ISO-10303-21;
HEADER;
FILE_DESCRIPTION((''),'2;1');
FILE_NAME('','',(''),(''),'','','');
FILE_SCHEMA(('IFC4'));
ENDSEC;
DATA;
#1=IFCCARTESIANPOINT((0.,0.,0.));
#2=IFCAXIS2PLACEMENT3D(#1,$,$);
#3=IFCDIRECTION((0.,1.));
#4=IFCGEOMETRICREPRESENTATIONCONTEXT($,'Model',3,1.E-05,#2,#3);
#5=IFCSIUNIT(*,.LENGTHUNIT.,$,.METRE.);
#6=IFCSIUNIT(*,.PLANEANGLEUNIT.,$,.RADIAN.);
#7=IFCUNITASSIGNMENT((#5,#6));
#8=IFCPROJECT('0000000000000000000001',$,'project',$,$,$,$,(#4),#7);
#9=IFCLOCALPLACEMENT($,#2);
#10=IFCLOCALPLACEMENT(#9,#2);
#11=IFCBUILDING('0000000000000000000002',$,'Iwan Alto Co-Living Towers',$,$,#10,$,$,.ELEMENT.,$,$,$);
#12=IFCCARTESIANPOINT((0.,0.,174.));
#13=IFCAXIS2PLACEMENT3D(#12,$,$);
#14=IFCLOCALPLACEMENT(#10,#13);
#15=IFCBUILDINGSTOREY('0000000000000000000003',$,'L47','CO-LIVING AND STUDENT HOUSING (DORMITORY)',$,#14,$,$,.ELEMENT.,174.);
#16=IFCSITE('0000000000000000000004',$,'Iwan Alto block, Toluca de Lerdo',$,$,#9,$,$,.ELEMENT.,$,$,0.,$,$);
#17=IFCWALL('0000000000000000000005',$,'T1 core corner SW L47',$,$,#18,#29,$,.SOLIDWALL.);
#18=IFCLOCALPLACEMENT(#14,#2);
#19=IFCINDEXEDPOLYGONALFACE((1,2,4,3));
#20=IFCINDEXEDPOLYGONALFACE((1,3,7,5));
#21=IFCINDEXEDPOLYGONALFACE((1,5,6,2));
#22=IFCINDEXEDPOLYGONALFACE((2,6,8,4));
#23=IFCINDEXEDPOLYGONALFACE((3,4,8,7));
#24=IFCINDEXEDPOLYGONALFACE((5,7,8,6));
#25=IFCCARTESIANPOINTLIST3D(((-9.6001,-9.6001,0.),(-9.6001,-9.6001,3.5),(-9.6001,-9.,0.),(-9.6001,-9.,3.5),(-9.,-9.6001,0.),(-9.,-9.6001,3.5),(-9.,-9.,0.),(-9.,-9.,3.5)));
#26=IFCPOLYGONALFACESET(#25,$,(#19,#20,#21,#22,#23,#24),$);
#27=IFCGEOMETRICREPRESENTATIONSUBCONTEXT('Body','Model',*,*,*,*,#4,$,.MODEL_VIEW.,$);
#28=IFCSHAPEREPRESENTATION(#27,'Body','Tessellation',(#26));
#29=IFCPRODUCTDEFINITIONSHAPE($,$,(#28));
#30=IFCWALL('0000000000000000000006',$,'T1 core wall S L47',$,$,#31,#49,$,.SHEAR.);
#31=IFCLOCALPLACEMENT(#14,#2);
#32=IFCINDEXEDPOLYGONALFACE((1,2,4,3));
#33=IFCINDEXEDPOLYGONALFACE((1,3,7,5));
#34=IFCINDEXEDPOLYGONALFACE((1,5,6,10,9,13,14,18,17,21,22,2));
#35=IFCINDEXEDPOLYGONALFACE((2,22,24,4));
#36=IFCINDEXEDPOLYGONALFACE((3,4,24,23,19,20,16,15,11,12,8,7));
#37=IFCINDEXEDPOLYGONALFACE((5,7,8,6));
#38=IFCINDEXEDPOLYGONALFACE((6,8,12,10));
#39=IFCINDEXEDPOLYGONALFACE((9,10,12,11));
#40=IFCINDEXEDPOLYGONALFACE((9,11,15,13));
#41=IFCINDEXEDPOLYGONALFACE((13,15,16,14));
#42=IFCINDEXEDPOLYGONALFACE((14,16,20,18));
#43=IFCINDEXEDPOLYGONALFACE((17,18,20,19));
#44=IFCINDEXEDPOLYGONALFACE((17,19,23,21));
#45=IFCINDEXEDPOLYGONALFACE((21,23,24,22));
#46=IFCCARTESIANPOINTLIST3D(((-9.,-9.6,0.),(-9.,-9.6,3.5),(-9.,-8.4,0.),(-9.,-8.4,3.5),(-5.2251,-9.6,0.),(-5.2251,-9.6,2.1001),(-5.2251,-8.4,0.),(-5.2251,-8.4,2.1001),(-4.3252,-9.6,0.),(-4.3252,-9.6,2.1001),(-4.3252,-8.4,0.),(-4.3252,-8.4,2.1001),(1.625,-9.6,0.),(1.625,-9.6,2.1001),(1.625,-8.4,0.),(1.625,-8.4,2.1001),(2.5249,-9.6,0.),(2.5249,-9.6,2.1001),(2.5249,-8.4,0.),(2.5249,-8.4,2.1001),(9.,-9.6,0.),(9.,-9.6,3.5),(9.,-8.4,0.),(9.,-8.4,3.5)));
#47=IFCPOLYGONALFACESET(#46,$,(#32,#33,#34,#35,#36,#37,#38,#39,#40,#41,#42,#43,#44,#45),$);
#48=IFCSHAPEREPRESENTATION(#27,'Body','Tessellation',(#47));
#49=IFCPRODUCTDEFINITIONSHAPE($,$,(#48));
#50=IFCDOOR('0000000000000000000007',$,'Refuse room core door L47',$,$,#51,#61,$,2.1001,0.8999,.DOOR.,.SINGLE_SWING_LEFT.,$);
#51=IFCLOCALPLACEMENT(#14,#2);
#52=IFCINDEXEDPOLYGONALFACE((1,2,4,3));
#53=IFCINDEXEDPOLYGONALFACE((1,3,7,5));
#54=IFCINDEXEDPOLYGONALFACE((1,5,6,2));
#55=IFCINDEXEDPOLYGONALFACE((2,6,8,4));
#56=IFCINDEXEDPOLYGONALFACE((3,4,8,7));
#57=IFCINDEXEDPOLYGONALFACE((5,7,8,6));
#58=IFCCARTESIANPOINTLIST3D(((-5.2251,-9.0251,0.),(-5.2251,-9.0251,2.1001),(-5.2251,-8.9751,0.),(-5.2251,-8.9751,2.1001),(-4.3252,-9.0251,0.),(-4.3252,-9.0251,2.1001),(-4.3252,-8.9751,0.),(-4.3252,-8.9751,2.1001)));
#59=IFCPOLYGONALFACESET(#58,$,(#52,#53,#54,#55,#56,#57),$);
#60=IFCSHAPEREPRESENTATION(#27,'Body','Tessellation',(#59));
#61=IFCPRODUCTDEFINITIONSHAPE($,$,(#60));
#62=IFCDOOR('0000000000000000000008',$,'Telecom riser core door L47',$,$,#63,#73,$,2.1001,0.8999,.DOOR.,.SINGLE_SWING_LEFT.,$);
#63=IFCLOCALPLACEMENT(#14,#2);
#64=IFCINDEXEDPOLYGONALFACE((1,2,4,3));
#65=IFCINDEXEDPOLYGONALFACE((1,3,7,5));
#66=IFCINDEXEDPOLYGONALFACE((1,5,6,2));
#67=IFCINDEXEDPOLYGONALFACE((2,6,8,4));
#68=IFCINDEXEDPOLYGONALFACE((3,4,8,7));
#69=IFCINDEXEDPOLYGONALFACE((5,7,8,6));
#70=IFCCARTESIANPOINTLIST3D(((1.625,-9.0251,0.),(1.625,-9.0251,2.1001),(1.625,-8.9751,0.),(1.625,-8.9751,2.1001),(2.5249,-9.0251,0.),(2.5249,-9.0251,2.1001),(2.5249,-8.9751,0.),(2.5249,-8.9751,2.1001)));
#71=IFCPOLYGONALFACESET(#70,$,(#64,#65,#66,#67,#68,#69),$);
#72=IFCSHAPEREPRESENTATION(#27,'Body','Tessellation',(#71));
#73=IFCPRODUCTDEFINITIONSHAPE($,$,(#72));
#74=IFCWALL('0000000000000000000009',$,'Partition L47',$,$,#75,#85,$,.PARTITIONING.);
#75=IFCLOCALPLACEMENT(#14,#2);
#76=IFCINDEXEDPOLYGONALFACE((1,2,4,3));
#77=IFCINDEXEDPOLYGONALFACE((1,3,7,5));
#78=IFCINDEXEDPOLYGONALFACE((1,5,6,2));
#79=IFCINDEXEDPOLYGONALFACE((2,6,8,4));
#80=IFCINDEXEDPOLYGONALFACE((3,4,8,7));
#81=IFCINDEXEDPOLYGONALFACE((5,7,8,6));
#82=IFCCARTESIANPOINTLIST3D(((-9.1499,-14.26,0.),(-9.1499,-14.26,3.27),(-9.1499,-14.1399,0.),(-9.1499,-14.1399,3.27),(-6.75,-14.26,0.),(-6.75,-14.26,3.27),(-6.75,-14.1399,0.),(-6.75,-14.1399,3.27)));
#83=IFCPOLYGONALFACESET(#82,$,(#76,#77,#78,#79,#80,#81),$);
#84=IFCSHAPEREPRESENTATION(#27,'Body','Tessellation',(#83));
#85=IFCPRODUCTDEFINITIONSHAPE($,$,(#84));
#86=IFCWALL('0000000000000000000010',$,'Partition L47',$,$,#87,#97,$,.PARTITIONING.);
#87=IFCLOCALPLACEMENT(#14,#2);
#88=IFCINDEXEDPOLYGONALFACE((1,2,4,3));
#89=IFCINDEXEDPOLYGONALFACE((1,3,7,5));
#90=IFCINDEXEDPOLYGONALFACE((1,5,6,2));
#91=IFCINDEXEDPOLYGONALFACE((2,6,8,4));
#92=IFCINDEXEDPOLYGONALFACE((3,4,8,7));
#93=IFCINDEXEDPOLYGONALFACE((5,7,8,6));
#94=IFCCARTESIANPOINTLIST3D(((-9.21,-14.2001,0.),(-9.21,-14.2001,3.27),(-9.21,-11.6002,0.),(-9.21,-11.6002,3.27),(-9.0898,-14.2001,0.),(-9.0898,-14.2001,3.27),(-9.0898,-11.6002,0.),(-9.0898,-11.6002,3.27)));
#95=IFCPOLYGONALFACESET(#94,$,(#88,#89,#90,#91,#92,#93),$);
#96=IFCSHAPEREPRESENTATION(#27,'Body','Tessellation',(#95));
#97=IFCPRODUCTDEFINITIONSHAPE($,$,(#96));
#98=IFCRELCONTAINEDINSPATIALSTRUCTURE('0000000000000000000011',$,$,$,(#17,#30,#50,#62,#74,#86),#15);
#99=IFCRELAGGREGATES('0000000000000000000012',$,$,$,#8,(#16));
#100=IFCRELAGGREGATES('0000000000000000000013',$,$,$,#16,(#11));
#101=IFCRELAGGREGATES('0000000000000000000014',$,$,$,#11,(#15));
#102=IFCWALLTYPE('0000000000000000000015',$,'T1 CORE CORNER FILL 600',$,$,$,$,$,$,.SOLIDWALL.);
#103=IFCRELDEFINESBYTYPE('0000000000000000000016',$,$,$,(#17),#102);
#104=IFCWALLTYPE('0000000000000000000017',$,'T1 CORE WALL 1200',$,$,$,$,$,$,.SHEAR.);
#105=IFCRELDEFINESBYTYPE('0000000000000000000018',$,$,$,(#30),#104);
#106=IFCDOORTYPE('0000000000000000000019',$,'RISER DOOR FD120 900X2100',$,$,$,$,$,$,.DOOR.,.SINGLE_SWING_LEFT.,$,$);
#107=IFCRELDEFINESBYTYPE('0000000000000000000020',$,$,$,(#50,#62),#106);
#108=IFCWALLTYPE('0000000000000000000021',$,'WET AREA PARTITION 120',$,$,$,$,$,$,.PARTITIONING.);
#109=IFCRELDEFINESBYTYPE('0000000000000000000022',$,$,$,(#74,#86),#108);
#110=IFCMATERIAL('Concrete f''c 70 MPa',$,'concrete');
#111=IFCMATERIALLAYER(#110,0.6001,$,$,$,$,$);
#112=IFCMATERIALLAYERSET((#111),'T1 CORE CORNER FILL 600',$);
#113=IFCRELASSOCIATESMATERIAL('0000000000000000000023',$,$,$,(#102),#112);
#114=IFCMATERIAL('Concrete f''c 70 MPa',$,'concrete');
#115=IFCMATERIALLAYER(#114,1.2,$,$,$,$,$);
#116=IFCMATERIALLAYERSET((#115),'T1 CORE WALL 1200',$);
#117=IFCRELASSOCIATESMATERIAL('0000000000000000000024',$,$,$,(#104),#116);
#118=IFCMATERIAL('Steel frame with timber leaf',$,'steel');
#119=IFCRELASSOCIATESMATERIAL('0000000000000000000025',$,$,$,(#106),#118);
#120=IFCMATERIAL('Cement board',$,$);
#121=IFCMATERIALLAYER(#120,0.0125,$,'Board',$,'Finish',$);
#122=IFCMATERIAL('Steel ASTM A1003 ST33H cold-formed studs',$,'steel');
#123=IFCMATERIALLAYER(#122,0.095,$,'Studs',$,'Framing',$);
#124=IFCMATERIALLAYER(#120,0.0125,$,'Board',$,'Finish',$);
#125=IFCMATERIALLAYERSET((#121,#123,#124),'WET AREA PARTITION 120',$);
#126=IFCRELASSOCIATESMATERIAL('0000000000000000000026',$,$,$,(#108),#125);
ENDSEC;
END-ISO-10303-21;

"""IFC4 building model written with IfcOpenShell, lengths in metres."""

from ifc_helpers import new_model, si_unit, direction, frame, frame_2d, origin, place, context, subcontext, project, spatial, rectangle, extrude, material, layer, layer_set, type_object, element, fill, save


model = new_model("IFC4")

# Units and contexts
model_context = context("Model", 3, precision=1e-05, world=origin(), true_north=direction((0.0, 1.0)))
body_context = subcontext(model_context, "Body", "Model", "MODEL_VIEW")
ifc_project = project(units=[si_unit("LENGTHUNIT", "METRE"), si_unit("PLANEANGLEUNIT", "RADIAN")], contexts=[model_context])

# Site, building, storey
site_placement = place(None, origin())
site = spatial("IfcSite", under=ifc_project, at=site_placement, Name="Iwan Alto block, Toluca de Lerdo", CompositionType="ELEMENT", RefElevation=0.0)
building_placement = place(site_placement, origin())
building = spatial("IfcBuilding", under=site, at=building_placement, Name="Iwan Alto Co-Living Towers", CompositionType="ELEMENT")
storey_placement = place(building_placement, frame((0.0, 0.0, 174.0)))
storey = spatial("IfcBuildingStorey", under=building, at=storey_placement, Name="L47", Description="CO-LIVING AND STUDENT HOUSING (DORMITORY)", CompositionType="ELEMENT", Elevation=174.0)

# Shared definitions
ifc_material_1 = material(Name="Steel ASTM A1003 ST33H cold-formed studs", Category="steel")

# Wall
ifc_material_2 = material(Name="Concrete f'c 70 MPa", Category="concrete")
ifc_layer_1 = layer(ifc_material_2, 0.6001)
ifc_layer_set_1 = layer_set([ifc_layer_1], Name="T1 CORE CORNER FILL 600")
wall_type_1 = type_object("IfcWallType", Name="T1 CORE CORNER FILL 600", PredefinedType="SOLIDWALL", material=ifc_layer_set_1)
wall_1_placement = place(storey_placement, frame((-9.6001, -9.3, 0.0), z_axis=(0.0, 0.0, 1.0), x_axis=(1.0, 0.0, 0.0)))
element("IfcWall", 1, at=wall_1_placement, inside=storey, type_object=wall_type_1, Name="T1 core corner SW L47", PredefinedType="SOLIDWALL", context=body_context, shape_type="SweptSolid", body=[
    extrude(rectangle(XDim=0.6001, YDim=0.6001, at=frame_2d((0.3, 0.0))), origin(), (0.0, 0.0, 1.0), 3.5),
])

# Wall, openings, doors
ifc_material_3 = material(Name="Concrete f'c 70 MPa", Category="concrete")
ifc_layer_2 = layer(ifc_material_3, 1.2)
ifc_layer_set_2 = layer_set([ifc_layer_2], Name="T1 CORE WALL 1200")
wall_type_2 = type_object("IfcWallType", Name="T1 CORE WALL 1200", PredefinedType="SHEAR", material=ifc_layer_set_2)
wall_2_placement = place(storey_placement, frame((-9.0, -9.0, 0.0), z_axis=(0.0, 0.0, 1.0), x_axis=(1.0, 0.0, 0.0)))
wall_2 = element("IfcWall", 2, at=wall_2_placement, inside=storey, type_object=wall_type_2, Name="T1 core wall S L47", PredefinedType="SHEAR", context=body_context, shape_type="SweptSolid", body=[
    extrude(rectangle(XDim=18.0, YDim=1.2, at=frame_2d((9.0, 0.0))), origin(), (0.0, 0.0, 1.0), 3.5),
])
opening_1_placement = place(wall_2_placement, frame((3.7749, 0.0, 0.0)))
opening_1 = element("IfcOpeningElement", 3, at=opening_1_placement, cuts=wall_2, PredefinedType="OPENING", context=body_context, shape_type="SweptSolid", body=[
    extrude(rectangle(XDim=0.8999, YDim=2.1001, at=frame_2d((0.45, 1.05))), frame((0.0, 0.6099, 0.0), z_axis=(0.0, -1.0, 0.0), x_axis=(1.0, 0.0, 0.0)), (0.0, 0.0, 1.0), 1.22),
])
opening_2_placement = place(wall_2_placement, frame((10.625, 0.0, 0.0)))
opening_2 = element("IfcOpeningElement", 4, at=opening_2_placement, cuts=wall_2, PredefinedType="OPENING", context=body_context, shape_type="SweptSolid", body=[
    extrude(rectangle(XDim=0.8999, YDim=2.1001, at=frame_2d((0.45, 1.05))), frame((0.0, 0.6099, 0.0), z_axis=(0.0, -1.0, 0.0), x_axis=(1.0, 0.0, 0.0)), (0.0, 0.0, 1.0), 1.22),
])
ifc_material_4 = material(Name="Steel frame with timber leaf", Category="steel")
door_type_1 = type_object("IfcDoorType", Name="RISER DOOR FD120 900X2100", OperationType="SINGLE_SWING_LEFT", PredefinedType="DOOR", material=ifc_material_4)
door_1_placement = place(opening_1_placement, origin())
door_1 = element("IfcDoor", 5, at=door_1_placement, inside=storey, type_object=door_type_1, Name="Refuse room core door L47", OperationType="SINGLE_SWING_LEFT", OverallHeight=2.1001, OverallWidth=0.8999, PredefinedType="DOOR", context=body_context, shape_type="SweptSolid", body=[
    extrude(rectangle(XDim=0.8999, YDim=2.1001, at=frame_2d((0.45, 1.05))), frame((0.0, 0.0249, 0.0), z_axis=(0.0, -1.0, 0.0), x_axis=(1.0, 0.0, 0.0)), (0.0, 0.0, 1.0), 0.05),
])
fill(opening_1, door_1)
door_2_placement = place(opening_2_placement, origin())
door_2 = element("IfcDoor", 6, at=door_2_placement, inside=storey, type_object=door_type_1, Name="Telecom riser core door L47", OperationType="SINGLE_SWING_LEFT", OverallHeight=2.1001, OverallWidth=0.8999, PredefinedType="DOOR", context=body_context, shape_type="SweptSolid", body=[
    extrude(rectangle(XDim=0.8999, YDim=2.1001, at=frame_2d((0.45, 1.05))), frame((0.0, 0.0249, 0.0), z_axis=(0.0, -1.0, 0.0), x_axis=(1.0, 0.0, 0.0)), (0.0, 0.0, 1.0), 0.05),
])
fill(opening_2, door_2)

# Walls
ifc_material_5 = material(Name="Cement board")
ifc_layer_3 = layer(ifc_material_5, 0.0125, Name="Board", Category="Finish")
ifc_layer_4 = layer(ifc_material_1, 0.095, Name="Studs", Category="Framing")
ifc_layer_5 = layer(ifc_material_5, 0.0125, Name="Board", Category="Finish")
ifc_layer_set_3 = layer_set([ifc_layer_3, ifc_layer_4, ifc_layer_5], Name="WET AREA PARTITION 120")
wall_type_3 = type_object("IfcWallType", Name="WET AREA PARTITION 120", PredefinedType="PARTITIONING", material=ifc_layer_set_3)
wall_3_placement = place(storey_placement, frame((-9.1499, -14.2, 0.0), z_axis=(0.0, 0.0, 1.0), x_axis=(1.0, 0.0, 0.0)))
element("IfcWall", 7, at=wall_3_placement, inside=storey, type_object=wall_type_3, Name="Partition L47", PredefinedType="PARTITIONING", context=body_context, shape_type="SweptSolid", body=[
    extrude(rectangle(XDim=2.3999, YDim=0.1201, at=frame_2d((1.2, 0.0))), origin(), (0.0, 0.0, 1.0), 3.27),
])
wall_4_placement = place(storey_placement, frame((-9.1499, -14.2, 0.0), z_axis=(0.0, 0.0, 1.0), x_axis=(0.0, 1.0, 0.0)))
element("IfcWall", 8, at=wall_4_placement, inside=storey, type_object=wall_type_3, Name="Partition L47", PredefinedType="PARTITIONING", context=body_context, shape_type="SweptSolid", body=[
    extrude(rectangle(XDim=2.5999, YDim=0.1201, at=frame_2d((1.2998, 0.0))), origin(), (0.0, 0.0, 1.0), 3.27),
])

save(model, "model.ifc")
